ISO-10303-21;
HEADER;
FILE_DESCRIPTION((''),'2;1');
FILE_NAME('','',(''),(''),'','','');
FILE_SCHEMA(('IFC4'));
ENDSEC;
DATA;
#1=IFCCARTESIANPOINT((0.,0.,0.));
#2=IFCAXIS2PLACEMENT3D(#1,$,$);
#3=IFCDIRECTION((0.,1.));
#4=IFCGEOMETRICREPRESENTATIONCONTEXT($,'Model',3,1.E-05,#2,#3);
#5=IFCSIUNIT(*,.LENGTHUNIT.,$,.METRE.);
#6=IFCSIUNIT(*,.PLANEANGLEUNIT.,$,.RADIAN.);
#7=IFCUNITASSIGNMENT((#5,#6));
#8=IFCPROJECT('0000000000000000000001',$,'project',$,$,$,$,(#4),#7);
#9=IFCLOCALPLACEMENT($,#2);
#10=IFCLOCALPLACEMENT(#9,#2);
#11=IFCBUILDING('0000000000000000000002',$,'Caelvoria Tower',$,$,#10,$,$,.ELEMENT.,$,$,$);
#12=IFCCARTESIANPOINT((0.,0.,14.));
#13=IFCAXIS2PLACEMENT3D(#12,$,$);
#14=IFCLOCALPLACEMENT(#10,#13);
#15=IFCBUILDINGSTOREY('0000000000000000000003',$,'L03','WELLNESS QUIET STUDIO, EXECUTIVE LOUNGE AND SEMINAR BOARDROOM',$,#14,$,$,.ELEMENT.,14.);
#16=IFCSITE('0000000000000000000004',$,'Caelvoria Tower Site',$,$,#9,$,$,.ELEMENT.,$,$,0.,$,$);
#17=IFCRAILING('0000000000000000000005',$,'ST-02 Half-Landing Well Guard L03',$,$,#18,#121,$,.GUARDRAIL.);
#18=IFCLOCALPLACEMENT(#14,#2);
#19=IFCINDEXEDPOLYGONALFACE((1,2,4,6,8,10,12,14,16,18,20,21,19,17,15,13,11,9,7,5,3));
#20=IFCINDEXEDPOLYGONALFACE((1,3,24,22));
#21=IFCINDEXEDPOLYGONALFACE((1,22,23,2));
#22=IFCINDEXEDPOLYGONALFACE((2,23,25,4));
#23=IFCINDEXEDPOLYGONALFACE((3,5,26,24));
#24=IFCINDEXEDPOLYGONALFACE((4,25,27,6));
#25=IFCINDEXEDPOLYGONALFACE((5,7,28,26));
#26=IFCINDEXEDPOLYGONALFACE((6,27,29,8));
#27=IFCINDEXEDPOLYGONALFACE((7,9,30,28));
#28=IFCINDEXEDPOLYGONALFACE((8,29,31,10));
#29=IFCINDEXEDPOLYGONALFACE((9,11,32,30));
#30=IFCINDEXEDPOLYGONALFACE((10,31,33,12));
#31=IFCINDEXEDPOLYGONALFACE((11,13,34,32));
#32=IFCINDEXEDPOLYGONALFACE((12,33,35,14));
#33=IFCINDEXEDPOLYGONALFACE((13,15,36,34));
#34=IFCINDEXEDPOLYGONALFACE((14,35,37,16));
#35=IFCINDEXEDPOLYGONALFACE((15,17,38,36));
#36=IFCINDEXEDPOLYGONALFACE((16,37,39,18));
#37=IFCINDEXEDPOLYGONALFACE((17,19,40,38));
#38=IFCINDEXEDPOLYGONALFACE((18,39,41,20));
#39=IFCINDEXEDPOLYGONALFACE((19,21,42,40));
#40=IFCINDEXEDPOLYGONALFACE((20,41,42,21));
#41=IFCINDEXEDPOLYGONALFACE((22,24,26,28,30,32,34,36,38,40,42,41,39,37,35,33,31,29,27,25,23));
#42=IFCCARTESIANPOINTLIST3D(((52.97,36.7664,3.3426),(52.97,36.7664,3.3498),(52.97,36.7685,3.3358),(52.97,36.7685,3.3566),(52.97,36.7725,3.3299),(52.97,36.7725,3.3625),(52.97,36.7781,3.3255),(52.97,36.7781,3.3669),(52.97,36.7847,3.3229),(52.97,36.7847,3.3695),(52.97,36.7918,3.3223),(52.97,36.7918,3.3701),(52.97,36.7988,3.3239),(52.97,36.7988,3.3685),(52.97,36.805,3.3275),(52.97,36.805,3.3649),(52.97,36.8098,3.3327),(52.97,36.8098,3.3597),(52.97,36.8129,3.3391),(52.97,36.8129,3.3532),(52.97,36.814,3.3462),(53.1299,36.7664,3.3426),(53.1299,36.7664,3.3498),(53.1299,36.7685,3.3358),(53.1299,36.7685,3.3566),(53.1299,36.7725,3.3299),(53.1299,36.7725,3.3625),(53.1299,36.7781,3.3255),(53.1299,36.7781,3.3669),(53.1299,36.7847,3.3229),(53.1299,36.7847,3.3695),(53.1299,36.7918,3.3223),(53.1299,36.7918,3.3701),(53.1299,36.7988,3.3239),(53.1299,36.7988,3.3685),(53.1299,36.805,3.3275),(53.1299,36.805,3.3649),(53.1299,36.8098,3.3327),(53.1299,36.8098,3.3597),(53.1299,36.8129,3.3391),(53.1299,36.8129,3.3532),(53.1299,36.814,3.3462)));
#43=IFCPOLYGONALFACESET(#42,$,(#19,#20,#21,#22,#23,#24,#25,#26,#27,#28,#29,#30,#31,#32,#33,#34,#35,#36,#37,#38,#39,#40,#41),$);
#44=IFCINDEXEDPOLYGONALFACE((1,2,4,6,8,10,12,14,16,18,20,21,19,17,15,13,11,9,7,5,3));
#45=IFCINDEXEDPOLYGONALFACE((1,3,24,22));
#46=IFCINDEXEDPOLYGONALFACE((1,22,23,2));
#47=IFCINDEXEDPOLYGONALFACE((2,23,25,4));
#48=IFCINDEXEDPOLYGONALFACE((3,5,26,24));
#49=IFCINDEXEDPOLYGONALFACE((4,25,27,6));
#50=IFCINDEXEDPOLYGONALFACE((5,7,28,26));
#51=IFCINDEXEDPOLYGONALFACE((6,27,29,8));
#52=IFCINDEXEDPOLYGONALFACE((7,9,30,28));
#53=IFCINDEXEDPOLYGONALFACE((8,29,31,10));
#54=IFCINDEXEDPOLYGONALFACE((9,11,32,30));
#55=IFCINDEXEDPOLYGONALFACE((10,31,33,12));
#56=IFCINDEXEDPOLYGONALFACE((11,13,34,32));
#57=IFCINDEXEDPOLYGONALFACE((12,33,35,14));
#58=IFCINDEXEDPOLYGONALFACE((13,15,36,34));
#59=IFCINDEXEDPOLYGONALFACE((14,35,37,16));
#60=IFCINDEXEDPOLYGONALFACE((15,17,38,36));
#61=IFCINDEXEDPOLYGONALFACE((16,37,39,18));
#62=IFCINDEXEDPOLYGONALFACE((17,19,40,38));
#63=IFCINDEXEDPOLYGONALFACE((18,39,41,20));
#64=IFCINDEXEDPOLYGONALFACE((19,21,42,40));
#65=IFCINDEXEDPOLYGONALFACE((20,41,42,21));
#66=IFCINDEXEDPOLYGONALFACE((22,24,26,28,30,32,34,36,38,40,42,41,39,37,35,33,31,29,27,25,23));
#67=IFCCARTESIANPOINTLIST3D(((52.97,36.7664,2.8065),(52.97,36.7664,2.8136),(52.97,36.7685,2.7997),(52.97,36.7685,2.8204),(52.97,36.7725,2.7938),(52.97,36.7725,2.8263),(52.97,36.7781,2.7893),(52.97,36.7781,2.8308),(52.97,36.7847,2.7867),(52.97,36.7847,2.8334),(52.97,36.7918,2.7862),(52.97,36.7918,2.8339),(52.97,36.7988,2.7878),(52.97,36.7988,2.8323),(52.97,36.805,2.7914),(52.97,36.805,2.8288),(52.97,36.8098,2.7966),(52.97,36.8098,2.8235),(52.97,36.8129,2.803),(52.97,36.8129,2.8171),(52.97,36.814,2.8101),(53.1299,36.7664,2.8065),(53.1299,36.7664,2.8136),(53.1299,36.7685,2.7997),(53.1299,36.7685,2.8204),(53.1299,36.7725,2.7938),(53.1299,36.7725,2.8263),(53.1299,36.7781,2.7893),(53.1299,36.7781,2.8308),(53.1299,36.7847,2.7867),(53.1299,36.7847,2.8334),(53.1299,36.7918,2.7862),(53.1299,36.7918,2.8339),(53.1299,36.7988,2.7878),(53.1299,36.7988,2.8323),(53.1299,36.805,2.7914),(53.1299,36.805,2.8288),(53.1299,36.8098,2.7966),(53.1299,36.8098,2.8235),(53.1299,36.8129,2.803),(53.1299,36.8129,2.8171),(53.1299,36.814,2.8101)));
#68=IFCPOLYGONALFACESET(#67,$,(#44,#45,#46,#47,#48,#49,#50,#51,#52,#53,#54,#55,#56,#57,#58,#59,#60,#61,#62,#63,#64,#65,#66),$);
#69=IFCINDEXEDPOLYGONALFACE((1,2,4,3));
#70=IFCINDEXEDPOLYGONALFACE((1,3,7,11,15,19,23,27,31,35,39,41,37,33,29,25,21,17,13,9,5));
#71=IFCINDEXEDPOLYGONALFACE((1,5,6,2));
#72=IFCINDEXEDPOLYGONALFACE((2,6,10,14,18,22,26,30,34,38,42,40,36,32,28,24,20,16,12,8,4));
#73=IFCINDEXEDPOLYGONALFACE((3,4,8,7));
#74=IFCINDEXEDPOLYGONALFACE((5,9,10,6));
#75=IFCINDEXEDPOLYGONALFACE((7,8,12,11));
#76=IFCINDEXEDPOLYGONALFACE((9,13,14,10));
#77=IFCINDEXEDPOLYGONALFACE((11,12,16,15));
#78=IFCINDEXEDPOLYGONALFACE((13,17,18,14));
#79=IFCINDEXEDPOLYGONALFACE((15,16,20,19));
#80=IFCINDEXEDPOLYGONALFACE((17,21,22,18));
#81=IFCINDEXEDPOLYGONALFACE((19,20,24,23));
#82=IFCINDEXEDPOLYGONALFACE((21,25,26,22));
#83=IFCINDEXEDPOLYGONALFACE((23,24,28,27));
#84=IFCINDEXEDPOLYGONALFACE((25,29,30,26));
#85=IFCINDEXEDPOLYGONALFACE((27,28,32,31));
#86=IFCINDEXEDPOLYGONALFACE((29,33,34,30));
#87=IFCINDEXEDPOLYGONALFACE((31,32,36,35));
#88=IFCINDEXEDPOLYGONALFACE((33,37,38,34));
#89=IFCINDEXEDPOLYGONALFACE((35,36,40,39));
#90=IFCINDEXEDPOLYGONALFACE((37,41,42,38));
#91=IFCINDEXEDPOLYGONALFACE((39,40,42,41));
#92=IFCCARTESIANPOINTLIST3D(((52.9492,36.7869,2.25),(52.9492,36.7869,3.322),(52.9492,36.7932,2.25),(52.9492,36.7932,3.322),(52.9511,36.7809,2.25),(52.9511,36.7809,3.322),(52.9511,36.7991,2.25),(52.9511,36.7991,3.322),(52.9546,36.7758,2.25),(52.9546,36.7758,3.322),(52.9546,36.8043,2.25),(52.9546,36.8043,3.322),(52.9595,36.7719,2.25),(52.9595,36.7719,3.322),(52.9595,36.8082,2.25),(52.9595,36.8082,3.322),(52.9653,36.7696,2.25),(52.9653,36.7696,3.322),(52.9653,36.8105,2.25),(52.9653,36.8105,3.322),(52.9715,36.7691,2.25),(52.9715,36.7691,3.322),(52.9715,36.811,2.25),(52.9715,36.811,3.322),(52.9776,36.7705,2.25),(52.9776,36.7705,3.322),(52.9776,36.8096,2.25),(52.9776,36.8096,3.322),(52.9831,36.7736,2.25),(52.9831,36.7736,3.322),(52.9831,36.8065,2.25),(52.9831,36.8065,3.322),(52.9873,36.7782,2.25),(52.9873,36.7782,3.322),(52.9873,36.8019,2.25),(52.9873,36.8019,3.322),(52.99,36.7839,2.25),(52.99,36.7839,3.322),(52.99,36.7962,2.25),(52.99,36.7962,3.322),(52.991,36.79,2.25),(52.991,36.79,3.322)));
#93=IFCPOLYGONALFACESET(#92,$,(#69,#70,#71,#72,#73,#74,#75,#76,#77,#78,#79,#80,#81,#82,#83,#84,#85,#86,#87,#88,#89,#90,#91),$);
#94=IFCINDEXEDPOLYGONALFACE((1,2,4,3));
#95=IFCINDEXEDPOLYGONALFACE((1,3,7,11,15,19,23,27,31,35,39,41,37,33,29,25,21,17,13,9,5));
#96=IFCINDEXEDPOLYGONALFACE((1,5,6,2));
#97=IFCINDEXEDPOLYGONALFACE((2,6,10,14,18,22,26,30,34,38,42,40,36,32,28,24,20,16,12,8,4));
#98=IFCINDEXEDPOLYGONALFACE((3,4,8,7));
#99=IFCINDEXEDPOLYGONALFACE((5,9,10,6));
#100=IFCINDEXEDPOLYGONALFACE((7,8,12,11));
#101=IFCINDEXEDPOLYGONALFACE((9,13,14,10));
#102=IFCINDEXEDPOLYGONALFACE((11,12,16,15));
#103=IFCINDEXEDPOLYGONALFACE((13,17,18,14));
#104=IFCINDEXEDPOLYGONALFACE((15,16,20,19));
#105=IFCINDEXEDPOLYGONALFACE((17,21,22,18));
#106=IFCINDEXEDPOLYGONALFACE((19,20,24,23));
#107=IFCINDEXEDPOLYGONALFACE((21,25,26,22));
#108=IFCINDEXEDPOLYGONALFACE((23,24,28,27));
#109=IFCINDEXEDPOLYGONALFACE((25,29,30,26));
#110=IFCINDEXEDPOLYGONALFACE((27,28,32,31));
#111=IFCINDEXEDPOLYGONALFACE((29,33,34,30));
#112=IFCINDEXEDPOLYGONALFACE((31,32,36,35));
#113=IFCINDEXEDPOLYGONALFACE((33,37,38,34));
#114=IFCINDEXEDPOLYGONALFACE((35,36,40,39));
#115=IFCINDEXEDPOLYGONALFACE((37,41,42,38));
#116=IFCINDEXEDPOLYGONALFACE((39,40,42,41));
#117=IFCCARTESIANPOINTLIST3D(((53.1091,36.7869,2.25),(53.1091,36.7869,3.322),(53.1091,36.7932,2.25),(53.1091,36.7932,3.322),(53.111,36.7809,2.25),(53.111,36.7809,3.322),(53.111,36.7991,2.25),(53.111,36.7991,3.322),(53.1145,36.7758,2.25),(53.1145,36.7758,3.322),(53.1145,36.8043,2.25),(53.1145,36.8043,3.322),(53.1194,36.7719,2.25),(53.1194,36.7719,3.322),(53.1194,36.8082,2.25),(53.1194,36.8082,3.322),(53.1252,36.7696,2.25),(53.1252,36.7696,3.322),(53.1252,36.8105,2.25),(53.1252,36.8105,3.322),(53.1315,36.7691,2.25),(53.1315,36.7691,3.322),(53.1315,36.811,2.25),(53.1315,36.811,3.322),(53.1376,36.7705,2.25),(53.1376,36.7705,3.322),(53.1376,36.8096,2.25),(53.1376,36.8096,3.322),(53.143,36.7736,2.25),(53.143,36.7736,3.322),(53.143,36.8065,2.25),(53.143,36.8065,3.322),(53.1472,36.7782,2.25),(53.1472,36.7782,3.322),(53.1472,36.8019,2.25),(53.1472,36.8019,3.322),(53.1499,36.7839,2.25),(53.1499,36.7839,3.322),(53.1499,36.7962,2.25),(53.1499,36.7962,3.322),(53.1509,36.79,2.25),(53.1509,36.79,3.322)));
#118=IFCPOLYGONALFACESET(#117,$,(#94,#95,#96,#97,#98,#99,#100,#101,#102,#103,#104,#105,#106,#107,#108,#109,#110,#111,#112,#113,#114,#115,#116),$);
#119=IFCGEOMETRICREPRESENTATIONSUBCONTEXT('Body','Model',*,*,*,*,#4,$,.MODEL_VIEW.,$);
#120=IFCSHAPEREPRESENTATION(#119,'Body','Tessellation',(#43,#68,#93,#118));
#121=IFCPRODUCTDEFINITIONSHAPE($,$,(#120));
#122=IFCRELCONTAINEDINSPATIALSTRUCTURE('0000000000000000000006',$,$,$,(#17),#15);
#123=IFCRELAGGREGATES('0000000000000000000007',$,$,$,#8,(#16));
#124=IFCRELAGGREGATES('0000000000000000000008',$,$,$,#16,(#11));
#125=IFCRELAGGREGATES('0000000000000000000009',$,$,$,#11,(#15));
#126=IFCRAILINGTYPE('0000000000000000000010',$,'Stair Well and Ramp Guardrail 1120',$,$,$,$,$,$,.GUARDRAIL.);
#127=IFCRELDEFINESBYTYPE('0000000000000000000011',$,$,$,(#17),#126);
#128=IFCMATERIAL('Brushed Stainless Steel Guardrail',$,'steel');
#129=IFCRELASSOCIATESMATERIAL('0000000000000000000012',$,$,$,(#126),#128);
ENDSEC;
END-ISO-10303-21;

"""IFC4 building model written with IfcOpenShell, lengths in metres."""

from ifc_helpers import new_model, si_unit, direction, frame, origin, origin_2d, place, context, subcontext, project, spatial, circle, extrude, material, type_object, element, save


model = new_model("IFC4")

# Units and contexts
model_context = context("Model", 3, precision=1e-05, world=origin(), true_north=direction((0.0, 1.0)))
body_context = subcontext(model_context, "Body", "Model", "MODEL_VIEW")
ifc_project = project(units=[si_unit("LENGTHUNIT", "METRE"), si_unit("PLANEANGLEUNIT", "RADIAN")], contexts=[model_context])

# Site, building, storey
site_placement = place(None, origin())
site = spatial("IfcSite", under=ifc_project, at=site_placement, Name="Caelvoria Tower Site", CompositionType="ELEMENT", RefElevation=0.0)
building_placement = place(site_placement, origin())
building = spatial("IfcBuilding", under=site, at=building_placement, Name="Caelvoria Tower", CompositionType="ELEMENT")
storey_placement = place(building_placement, frame((0.0, 0.0, 14.0)))
storey = spatial("IfcBuildingStorey", under=building, at=storey_placement, Name="L03", Description="WELLNESS QUIET STUDIO, EXECUTIVE LOUNGE AND SEMINAR BOARDROOM", CompositionType="ELEMENT", Elevation=14.0)

# Railing
ifc_material_1 = material(Name="Brushed Stainless Steel Guardrail", Category="steel")
railing_type_1 = type_object("IfcRailingType", Name="Stair Well and Ramp Guardrail 1120", PredefinedType="GUARDRAIL", material=ifc_material_1)
railing_1_placement = place(storey_placement, frame((52.97, 36.79, 2.25)))
element("IfcRailing", 1, at=railing_1_placement, inside=storey, type_object=railing_type_1, Name="ST-02 Half-Landing Well Guard L03", PredefinedType="GUARDRAIL", context=body_context, shape_type="SweptSolid", body=[
    extrude(circle(Radius=0.0239, at=origin_2d()), frame((0.0, 0.0, 1.0962), z_axis=(1.0, 0.0, 0.0), x_axis=(0.0, 1.0, 0.0)), (0.0, 0.0, 1.0), 0.1599),
    extrude(circle(Radius=0.0239, at=origin_2d()), frame((0.0, 0.0, 0.5601), z_axis=(1.0, 0.0, 0.0), x_axis=(0.0, 1.0, 0.0)), (0.0, 0.0, 1.0), 0.1599),
    extrude(circle(Radius=0.021, at=origin_2d()), origin(), (0.0, 0.0, 1.0), 1.072),
    extrude(circle(Radius=0.021, at=origin_2d()), frame((0.1599, 0.0, 0.0)), (0.0, 0.0, 1.0), 1.072),
])

save(model, "model.ifc")
